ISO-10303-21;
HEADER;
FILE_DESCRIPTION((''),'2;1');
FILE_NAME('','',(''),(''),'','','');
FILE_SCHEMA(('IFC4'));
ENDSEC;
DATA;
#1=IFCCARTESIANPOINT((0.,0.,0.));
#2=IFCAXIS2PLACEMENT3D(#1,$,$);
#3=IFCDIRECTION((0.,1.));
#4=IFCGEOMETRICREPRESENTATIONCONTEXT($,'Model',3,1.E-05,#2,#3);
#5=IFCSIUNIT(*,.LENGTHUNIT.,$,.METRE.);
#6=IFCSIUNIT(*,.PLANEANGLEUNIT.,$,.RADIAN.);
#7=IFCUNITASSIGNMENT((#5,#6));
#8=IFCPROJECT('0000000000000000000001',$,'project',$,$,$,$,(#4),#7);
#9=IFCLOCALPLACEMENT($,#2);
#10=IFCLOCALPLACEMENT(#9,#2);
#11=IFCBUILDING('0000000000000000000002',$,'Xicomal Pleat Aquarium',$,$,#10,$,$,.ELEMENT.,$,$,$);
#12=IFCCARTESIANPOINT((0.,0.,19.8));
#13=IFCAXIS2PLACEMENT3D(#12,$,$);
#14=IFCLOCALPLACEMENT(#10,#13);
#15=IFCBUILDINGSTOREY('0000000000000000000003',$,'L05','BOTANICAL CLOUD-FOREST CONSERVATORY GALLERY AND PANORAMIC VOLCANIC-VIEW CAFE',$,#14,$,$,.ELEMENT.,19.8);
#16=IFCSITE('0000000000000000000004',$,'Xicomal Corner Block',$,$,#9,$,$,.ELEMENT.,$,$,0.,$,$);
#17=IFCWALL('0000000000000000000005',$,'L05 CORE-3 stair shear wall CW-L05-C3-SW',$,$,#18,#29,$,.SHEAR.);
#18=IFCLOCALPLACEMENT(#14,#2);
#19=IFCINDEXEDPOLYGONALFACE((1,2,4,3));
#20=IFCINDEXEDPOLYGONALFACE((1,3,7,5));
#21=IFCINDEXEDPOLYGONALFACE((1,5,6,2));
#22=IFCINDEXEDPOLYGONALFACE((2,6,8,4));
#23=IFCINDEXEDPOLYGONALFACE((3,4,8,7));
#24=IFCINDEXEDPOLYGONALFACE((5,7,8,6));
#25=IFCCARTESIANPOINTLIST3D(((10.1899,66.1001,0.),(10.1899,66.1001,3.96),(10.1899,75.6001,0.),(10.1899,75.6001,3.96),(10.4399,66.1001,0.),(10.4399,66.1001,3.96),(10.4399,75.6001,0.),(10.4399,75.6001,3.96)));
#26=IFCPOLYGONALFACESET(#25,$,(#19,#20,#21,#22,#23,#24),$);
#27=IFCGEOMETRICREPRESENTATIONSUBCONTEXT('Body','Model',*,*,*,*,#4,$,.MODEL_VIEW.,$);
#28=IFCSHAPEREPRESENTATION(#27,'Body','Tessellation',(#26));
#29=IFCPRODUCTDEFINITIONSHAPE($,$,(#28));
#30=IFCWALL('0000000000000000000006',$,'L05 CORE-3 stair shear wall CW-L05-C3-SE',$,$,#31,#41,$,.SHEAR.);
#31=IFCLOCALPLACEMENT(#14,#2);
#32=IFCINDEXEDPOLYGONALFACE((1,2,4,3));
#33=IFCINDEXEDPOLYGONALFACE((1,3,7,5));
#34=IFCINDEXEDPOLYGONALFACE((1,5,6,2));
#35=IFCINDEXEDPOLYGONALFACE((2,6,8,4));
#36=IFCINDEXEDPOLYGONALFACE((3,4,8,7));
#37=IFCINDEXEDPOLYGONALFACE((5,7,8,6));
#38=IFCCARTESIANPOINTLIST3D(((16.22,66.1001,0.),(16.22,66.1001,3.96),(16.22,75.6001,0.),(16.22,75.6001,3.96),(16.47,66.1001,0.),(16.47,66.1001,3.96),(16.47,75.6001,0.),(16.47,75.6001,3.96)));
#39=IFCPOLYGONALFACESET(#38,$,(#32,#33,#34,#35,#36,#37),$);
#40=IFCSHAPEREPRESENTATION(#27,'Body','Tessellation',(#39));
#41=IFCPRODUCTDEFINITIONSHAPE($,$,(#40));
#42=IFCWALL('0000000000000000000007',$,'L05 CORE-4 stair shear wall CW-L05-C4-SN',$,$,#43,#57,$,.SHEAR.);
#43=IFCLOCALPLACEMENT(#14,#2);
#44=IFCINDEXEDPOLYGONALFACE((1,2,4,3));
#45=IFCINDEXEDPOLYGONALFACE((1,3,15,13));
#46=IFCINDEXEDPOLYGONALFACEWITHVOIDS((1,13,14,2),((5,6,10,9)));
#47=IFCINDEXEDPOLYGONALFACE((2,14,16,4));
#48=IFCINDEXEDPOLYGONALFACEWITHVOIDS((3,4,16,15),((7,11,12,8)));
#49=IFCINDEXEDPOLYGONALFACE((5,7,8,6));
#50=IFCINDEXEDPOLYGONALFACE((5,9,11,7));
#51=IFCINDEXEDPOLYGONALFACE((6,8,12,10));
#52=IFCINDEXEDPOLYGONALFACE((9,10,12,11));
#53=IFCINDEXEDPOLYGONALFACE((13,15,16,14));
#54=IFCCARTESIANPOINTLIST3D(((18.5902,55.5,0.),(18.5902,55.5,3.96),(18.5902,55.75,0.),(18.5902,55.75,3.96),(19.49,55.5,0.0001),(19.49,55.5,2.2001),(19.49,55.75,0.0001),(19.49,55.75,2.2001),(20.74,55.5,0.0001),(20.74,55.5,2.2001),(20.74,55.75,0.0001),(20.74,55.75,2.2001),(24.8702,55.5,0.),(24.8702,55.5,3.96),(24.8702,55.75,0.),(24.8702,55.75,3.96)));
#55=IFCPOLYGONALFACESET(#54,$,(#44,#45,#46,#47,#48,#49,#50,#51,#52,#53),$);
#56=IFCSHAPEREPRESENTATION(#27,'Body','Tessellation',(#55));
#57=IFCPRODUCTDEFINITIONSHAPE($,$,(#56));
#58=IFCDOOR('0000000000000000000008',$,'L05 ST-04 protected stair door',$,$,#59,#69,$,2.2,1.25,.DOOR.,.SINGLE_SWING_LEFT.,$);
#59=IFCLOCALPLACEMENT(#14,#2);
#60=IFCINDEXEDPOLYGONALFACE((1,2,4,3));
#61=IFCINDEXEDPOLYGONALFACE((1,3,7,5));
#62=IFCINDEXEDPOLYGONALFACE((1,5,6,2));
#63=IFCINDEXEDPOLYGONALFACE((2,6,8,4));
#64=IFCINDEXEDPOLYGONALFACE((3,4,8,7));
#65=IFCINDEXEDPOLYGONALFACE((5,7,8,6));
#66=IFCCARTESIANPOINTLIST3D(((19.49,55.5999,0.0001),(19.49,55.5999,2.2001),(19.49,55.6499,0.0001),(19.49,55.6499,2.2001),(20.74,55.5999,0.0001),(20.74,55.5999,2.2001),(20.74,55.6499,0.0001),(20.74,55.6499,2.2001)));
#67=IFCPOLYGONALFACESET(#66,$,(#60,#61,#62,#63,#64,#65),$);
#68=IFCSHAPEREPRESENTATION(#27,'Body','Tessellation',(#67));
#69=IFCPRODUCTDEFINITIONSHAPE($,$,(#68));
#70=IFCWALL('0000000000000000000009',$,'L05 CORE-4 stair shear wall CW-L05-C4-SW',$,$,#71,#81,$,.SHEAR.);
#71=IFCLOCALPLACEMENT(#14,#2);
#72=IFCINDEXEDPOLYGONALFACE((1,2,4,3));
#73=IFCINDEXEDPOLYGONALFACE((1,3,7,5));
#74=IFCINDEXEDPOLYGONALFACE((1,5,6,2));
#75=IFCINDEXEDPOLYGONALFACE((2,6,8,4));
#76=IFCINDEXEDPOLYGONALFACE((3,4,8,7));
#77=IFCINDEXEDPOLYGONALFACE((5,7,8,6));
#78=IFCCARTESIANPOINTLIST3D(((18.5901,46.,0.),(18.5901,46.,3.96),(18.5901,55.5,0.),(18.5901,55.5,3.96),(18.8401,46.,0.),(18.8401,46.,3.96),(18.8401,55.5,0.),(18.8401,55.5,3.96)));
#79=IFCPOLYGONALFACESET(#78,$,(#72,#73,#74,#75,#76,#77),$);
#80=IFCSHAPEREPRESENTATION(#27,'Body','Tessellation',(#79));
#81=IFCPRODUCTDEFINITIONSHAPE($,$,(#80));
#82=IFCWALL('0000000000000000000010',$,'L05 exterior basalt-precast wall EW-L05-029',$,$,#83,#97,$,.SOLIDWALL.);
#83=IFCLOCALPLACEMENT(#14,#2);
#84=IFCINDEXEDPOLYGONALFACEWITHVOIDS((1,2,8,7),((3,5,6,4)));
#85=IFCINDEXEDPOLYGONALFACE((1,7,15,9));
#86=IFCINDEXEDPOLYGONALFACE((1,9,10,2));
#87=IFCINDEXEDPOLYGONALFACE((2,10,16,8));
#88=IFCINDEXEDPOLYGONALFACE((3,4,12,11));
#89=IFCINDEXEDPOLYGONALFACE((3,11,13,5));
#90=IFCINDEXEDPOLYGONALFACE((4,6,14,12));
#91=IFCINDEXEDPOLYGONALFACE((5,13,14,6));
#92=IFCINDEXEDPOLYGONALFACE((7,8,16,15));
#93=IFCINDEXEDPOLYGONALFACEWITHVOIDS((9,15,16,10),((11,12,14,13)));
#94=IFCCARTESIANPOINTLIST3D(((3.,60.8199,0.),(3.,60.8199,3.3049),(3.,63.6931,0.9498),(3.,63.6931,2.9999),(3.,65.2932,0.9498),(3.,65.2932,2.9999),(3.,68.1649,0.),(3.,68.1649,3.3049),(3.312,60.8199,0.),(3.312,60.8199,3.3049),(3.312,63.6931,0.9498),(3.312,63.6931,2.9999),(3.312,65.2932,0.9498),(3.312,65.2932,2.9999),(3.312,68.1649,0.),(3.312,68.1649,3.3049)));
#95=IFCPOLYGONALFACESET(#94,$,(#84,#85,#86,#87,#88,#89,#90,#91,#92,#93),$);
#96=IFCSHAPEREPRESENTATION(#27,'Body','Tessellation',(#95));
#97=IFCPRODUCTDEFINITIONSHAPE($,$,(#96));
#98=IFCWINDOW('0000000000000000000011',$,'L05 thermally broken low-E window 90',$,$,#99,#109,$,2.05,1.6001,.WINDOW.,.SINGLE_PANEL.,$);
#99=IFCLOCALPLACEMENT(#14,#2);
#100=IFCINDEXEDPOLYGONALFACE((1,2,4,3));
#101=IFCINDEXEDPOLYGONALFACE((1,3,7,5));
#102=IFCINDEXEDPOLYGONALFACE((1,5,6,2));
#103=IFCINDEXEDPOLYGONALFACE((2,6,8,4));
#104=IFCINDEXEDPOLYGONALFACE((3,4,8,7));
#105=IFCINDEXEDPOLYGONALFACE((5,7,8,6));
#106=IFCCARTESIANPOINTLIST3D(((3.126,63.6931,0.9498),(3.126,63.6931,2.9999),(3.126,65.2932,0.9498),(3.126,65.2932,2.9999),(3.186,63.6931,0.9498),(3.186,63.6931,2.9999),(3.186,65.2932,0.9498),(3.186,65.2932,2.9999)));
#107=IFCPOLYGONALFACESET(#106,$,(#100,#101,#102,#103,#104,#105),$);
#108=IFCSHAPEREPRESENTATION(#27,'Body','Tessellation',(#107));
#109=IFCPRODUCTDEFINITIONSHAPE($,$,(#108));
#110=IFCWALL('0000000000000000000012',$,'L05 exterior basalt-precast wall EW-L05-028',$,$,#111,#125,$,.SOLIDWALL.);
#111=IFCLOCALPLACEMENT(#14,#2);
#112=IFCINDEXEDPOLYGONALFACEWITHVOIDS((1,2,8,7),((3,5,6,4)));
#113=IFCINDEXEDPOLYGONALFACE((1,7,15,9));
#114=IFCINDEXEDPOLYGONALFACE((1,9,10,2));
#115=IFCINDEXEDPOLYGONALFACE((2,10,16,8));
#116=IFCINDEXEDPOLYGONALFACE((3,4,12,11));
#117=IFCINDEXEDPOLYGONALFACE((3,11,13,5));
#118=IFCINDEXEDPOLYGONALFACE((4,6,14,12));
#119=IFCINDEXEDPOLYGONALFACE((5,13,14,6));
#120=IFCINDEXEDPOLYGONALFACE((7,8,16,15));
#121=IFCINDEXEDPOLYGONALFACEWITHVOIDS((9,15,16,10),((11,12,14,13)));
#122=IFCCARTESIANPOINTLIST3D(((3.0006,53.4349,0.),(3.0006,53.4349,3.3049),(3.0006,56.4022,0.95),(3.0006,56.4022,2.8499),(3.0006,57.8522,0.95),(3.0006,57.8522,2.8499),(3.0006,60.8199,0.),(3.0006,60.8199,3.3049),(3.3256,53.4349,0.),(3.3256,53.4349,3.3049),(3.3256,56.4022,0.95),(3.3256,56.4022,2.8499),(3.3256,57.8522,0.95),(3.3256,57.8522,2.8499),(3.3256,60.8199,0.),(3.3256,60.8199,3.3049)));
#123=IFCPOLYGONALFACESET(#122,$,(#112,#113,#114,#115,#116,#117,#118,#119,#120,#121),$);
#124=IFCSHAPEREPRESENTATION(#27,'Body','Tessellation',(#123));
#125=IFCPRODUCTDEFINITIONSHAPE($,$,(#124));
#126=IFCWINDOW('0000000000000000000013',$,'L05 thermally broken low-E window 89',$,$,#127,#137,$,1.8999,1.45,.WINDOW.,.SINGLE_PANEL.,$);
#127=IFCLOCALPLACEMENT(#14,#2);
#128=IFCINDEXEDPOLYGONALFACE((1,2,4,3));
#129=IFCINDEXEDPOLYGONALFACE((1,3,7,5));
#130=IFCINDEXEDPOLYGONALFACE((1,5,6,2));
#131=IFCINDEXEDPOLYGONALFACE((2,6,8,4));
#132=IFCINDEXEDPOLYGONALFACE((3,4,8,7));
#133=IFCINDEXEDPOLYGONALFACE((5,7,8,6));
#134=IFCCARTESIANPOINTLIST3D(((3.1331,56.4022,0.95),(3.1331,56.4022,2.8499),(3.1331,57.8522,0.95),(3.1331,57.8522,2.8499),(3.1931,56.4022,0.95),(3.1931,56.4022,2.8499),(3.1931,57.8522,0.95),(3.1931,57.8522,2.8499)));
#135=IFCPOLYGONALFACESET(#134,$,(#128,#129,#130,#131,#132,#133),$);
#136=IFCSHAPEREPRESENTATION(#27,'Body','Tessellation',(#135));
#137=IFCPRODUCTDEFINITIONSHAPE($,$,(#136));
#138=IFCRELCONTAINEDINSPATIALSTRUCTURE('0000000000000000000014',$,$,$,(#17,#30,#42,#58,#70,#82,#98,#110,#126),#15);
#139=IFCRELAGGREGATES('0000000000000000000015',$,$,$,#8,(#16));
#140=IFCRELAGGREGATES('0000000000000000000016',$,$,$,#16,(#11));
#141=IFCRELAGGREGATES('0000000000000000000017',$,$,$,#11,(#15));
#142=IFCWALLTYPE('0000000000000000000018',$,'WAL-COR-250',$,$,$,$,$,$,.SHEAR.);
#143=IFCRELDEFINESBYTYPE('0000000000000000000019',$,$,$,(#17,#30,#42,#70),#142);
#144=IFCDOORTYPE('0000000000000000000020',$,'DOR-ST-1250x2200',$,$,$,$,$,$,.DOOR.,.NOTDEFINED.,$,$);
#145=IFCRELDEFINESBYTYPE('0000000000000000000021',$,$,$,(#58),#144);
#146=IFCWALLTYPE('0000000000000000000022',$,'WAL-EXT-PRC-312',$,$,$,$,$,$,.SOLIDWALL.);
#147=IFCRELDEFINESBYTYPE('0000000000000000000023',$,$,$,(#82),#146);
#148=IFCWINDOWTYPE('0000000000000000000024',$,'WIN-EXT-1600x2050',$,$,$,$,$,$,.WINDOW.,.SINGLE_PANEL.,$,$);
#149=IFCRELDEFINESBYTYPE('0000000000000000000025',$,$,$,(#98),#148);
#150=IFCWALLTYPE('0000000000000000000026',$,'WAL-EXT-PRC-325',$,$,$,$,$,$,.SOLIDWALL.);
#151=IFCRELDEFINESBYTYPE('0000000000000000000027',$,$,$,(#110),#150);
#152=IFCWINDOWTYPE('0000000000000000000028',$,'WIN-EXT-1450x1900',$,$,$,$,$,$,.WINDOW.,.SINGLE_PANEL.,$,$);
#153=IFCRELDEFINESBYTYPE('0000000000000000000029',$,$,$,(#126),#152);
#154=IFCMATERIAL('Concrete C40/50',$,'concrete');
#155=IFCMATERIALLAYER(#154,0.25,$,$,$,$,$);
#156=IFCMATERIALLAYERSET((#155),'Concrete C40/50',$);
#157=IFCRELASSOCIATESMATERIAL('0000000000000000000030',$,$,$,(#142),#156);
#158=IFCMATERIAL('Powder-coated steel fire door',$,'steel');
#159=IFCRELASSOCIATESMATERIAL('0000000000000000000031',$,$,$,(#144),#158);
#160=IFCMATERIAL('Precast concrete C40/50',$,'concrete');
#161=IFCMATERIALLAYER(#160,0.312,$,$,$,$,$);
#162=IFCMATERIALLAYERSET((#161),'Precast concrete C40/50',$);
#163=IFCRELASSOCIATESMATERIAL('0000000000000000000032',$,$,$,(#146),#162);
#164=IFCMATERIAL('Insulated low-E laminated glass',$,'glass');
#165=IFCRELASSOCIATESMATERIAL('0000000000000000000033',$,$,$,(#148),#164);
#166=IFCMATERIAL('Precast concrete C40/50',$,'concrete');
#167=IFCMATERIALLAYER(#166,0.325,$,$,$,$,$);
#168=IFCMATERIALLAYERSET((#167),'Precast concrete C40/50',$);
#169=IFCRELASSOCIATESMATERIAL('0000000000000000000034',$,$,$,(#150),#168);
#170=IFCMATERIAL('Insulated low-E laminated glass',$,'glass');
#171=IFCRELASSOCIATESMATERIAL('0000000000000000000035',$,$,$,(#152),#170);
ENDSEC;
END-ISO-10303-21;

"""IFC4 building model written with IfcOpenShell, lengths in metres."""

from ifc_helpers import new_model, si_unit, direction, frame, frame_2d, origin, place, context, subcontext, project, spatial, rectangle, extrude, material, layer, layer_set, type_object, element, fill, save


model = new_model("IFC4")

# Units and contexts
model_context = context("Model", 3, precision=1e-05, world=origin(), true_north=direction((0.0, 1.0)))
body_context = subcontext(model_context, "Body", "Model", "MODEL_VIEW")
ifc_project = project(units=[si_unit("LENGTHUNIT", "METRE"), si_unit("PLANEANGLEUNIT", "RADIAN")], contexts=[model_context])

# Site, building, storey
site_placement = place(None, origin())
site = spatial("IfcSite", under=ifc_project, at=site_placement, Name="Xicomal Corner Block", CompositionType="ELEMENT", RefElevation=0.0)
building_placement = place(site_placement, origin())
building = spatial("IfcBuilding", under=site, at=building_placement, Name="Xicomal Pleat Aquarium", CompositionType="ELEMENT")
storey_placement = place(building_placement, frame((0.0, 0.0, 19.8)))
storey = spatial("IfcBuildingStorey", under=building, at=storey_placement, Name="L05", Description="BOTANICAL CLOUD-FOREST CONSERVATORY GALLERY AND PANORAMIC VOLCANIC-VIEW CAFE", CompositionType="ELEMENT", Elevation=19.8)

# Shared definitions
ifc_material_1 = material(Name="Concrete C40/50", Category="concrete")
ifc_layer_1 = layer(ifc_material_1, 0.25)
ifc_layer_set_1 = layer_set([ifc_layer_1], Name="Concrete C40/50")
wall_type_1 = type_object("IfcWallType", Name="WAL-COR-250", PredefinedType="SHEAR", material=ifc_layer_set_1)
ifc_material_2 = material(Name="Powder-coated steel fire door", Category="steel")
door_type_1 = type_object("IfcDoorType", Name="DOR-ST-1250x2200", OperationType="NOTDEFINED", PredefinedType="DOOR", material=ifc_material_2)

# Walls
for number, where, z_axis, x_axis, name in (
    (1, (10.3149, 66.1001, 0.0), (0.0, 0.0, 1.0), (0.0, 1.0, 0.0), "L05 CORE-3 stair shear wall CW-L05-C3-SW"),
    (2, (16.345, 66.1001, 0.0), (0.0, 0.0, 1.0), (0.0, 1.0, 0.0), "L05 CORE-3 stair shear wall CW-L05-C3-SE"),
):
    element("IfcWall", number, at=place(storey_placement, frame(where, z_axis=z_axis, x_axis=x_axis)), inside=storey, type_object=wall_type_1, Name=name, PredefinedType="SHEAR", context=body_context, shape_type="SweptSolid", body=[
        extrude(rectangle(XDim=9.5, YDim=0.25, at=frame_2d((4.75, 0.0))), origin(), (0.0, 0.0, 1.0), 3.96),
    ])

# Wall, opening, door
wall_1_placement = place(storey_placement, frame((18.5901, 55.625, 0.0), z_axis=(0.0, 0.0, 1.0), x_axis=(1.0, 0.0, 0.0)))
wall_1 = element("IfcWall", 3, at=wall_1_placement, inside=storey, type_object=wall_type_1, Name="L05 CORE-4 stair shear wall CW-L05-C4-SN", PredefinedType="SHEAR", context=body_context, shape_type="SweptSolid", body=[
    extrude(rectangle(XDim=6.28, YDim=0.25, at=frame_2d((3.1401, 0.0))), origin(), (0.0, 0.0, 1.0), 3.96),
])
opening_1_placement = place(wall_1_placement, frame((0.8999, 0.0, 0.0)))
opening_1 = element("IfcOpeningElement", 4, at=opening_1_placement, cuts=wall_1, PredefinedType="OPENING", context=body_context, shape_type="SweptSolid", body=[
    extrude(rectangle(XDim=1.25, YDim=2.2, at=frame_2d((0.625, 1.1001))), frame((0.0, 0.135, 0.0), z_axis=(0.0, -1.0, 0.0), x_axis=(1.0, 0.0, 0.0)), (0.0, 0.0, 1.0), 0.27),
])
door_1_placement = place(opening_1_placement, origin())
door_1 = element("IfcDoor", 5, at=door_1_placement, inside=storey, type_object=door_type_1, Name="L05 ST-04 protected stair door", OperationType="SINGLE_SWING_LEFT", OverallHeight=2.2, OverallWidth=1.25, PredefinedType="DOOR", context=body_context, shape_type="SweptSolid", body=[
    extrude(rectangle(XDim=1.25, YDim=2.2, at=frame_2d((0.625, 1.1001))), frame((0.0, 0.0249, 0.0), z_axis=(0.0, -1.0, 0.0), x_axis=(1.0, 0.0, 0.0)), (0.0, 0.0, 1.0), 0.05),
])
fill(opening_1, door_1)

# Wall
wall_2_placement = place(storey_placement, frame((18.7151, 46.0, 0.0), z_axis=(0.0, 0.0, 1.0), x_axis=(0.0, 1.0, 0.0)))
element("IfcWall", 6, at=wall_2_placement, inside=storey, type_object=wall_type_1, Name="L05 CORE-4 stair shear wall CW-L05-C4-SW", PredefinedType="SHEAR", context=body_context, shape_type="SweptSolid", body=[
    extrude(rectangle(XDim=9.5, YDim=0.25, at=frame_2d((4.75, 0.0))), origin(), (0.0, 0.0, 1.0), 3.96),
])

# Walls, openings, windows
ifc_material_3 = material(Name="Precast concrete C40/50", Category="concrete")
ifc_layer_2 = layer(ifc_material_3, 0.312)
ifc_layer_set_2 = layer_set([ifc_layer_2], Name="Precast concrete C40/50")
wall_type_2 = type_object("IfcWallType", Name="WAL-EXT-PRC-312", PredefinedType="SOLIDWALL", material=ifc_layer_set_2)
wall_3_placement = place(storey_placement, frame((3.156, 60.8201, 0.0), z_axis=(0.0, 0.0, 1.0), x_axis=(0.0, 1.0, 0.0)))
wall_3 = element("IfcWall", 7, at=wall_3_placement, inside=storey, type_object=wall_type_2, Name="L05 exterior basalt-precast wall EW-L05-029", PredefinedType="SOLIDWALL", context=body_context, shape_type="SweptSolid", body=[
    extrude(rectangle(XDim=7.345, YDim=0.312, at=frame_2d((3.6724, 0.0))), origin(), (0.0, 0.0, 1.0), 3.3049),
])
opening_2_placement = place(wall_3_placement, frame((2.873, 0.0, 0.95)))
opening_2 = element("IfcOpeningElement", 8, at=opening_2_placement, cuts=wall_3, PredefinedType="OPENING", context=body_context, shape_type="SweptSolid", body=[
    extrude(rectangle(XDim=1.6001, YDim=2.05, at=frame_2d((0.8, 1.0249))), frame((0.0, 0.166, 0.0), z_axis=(0.0, -1.0, 0.0), x_axis=(1.0, 0.0, 0.0)), (0.0, 0.0, 1.0), 0.332),
])
ifc_material_4 = material(Name="Insulated low-E laminated glass", Category="glass")
window_type_1 = type_object("IfcWindowType", Name="WIN-EXT-1600x2050", PartitioningType="SINGLE_PANEL", PredefinedType="WINDOW", material=ifc_material_4)
window_1_placement = place(opening_2_placement, origin())
window_1 = element("IfcWindow", 9, at=window_1_placement, inside=storey, type_object=window_type_1, Name="L05 thermally broken low-E window 90", OverallHeight=2.05, OverallWidth=1.6001, PartitioningType="SINGLE_PANEL", PredefinedType="WINDOW", context=body_context, shape_type="SweptSolid", body=[
    extrude(rectangle(XDim=1.6001, YDim=2.05, at=frame_2d((0.8, 1.0249))), frame((0.0, 0.03, 0.0), z_axis=(0.0, -1.0, 0.0), x_axis=(1.0, 0.0, 0.0)), (0.0, 0.0, 1.0), 0.0601),
])
fill(opening_2, window_1)
ifc_material_5 = material(Name="Precast concrete C40/50", Category="concrete")
ifc_layer_3 = layer(ifc_material_5, 0.325)
ifc_layer_set_3 = layer_set([ifc_layer_3], Name="Precast concrete C40/50")
wall_type_3 = type_object("IfcWallType", Name="WAL-EXT-PRC-325", PredefinedType="SOLIDWALL", material=ifc_layer_set_3)
wall_4_placement = place(storey_placement, frame((3.1631, 53.4351, 0.0), z_axis=(0.0, 0.0, 1.0), x_axis=(0.0, 1.0, 0.0)))
wall_4 = element("IfcWall", 10, at=wall_4_placement, inside=storey, type_object=wall_type_3, Name="L05 exterior basalt-precast wall EW-L05-028", PredefinedType="SOLIDWALL", context=body_context, shape_type="SweptSolid", body=[
    extrude(rectangle(XDim=7.385, YDim=0.325, at=frame_2d((3.6924, 0.0))), origin(), (0.0, 0.0, 1.0), 3.3049),
])
opening_3_placement = place(wall_4_placement, frame((2.967, 0.0, 0.95)))
opening_3 = element("IfcOpeningElement", 11, at=opening_3_placement, cuts=wall_4, PredefinedType="OPENING", context=body_context, shape_type="SweptSolid", body=[
    extrude(rectangle(XDim=1.45, YDim=1.8999, at=frame_2d((0.7251, 0.95))), frame((0.0, 0.1724, 0.0), z_axis=(0.0, -1.0, 0.0), x_axis=(1.0, 0.0, 0.0)), (0.0, 0.0, 1.0), 0.345),
])
ifc_material_6 = material(Name="Insulated low-E laminated glass", Category="glass")
window_type_2 = type_object("IfcWindowType", Name="WIN-EXT-1450x1900", PartitioningType="SINGLE_PANEL", PredefinedType="WINDOW", material=ifc_material_6)
window_2_placement = place(opening_3_placement, origin())
window_2 = element("IfcWindow", 12, at=window_2_placement, inside=storey, type_object=window_type_2, Name="L05 thermally broken low-E window 89", OverallHeight=1.8999, OverallWidth=1.45, PartitioningType="SINGLE_PANEL", PredefinedType="WINDOW", context=body_context, shape_type="SweptSolid", body=[
    extrude(rectangle(XDim=1.45, YDim=1.8999, at=frame_2d((0.7251, 0.95))), frame((0.0, 0.03, 0.0), z_axis=(0.0, -1.0, 0.0), x_axis=(1.0, 0.0, 0.0)), (0.0, 0.0, 1.0), 0.0601),
])
fill(opening_3, window_2)

save(model, "model.ifc")
